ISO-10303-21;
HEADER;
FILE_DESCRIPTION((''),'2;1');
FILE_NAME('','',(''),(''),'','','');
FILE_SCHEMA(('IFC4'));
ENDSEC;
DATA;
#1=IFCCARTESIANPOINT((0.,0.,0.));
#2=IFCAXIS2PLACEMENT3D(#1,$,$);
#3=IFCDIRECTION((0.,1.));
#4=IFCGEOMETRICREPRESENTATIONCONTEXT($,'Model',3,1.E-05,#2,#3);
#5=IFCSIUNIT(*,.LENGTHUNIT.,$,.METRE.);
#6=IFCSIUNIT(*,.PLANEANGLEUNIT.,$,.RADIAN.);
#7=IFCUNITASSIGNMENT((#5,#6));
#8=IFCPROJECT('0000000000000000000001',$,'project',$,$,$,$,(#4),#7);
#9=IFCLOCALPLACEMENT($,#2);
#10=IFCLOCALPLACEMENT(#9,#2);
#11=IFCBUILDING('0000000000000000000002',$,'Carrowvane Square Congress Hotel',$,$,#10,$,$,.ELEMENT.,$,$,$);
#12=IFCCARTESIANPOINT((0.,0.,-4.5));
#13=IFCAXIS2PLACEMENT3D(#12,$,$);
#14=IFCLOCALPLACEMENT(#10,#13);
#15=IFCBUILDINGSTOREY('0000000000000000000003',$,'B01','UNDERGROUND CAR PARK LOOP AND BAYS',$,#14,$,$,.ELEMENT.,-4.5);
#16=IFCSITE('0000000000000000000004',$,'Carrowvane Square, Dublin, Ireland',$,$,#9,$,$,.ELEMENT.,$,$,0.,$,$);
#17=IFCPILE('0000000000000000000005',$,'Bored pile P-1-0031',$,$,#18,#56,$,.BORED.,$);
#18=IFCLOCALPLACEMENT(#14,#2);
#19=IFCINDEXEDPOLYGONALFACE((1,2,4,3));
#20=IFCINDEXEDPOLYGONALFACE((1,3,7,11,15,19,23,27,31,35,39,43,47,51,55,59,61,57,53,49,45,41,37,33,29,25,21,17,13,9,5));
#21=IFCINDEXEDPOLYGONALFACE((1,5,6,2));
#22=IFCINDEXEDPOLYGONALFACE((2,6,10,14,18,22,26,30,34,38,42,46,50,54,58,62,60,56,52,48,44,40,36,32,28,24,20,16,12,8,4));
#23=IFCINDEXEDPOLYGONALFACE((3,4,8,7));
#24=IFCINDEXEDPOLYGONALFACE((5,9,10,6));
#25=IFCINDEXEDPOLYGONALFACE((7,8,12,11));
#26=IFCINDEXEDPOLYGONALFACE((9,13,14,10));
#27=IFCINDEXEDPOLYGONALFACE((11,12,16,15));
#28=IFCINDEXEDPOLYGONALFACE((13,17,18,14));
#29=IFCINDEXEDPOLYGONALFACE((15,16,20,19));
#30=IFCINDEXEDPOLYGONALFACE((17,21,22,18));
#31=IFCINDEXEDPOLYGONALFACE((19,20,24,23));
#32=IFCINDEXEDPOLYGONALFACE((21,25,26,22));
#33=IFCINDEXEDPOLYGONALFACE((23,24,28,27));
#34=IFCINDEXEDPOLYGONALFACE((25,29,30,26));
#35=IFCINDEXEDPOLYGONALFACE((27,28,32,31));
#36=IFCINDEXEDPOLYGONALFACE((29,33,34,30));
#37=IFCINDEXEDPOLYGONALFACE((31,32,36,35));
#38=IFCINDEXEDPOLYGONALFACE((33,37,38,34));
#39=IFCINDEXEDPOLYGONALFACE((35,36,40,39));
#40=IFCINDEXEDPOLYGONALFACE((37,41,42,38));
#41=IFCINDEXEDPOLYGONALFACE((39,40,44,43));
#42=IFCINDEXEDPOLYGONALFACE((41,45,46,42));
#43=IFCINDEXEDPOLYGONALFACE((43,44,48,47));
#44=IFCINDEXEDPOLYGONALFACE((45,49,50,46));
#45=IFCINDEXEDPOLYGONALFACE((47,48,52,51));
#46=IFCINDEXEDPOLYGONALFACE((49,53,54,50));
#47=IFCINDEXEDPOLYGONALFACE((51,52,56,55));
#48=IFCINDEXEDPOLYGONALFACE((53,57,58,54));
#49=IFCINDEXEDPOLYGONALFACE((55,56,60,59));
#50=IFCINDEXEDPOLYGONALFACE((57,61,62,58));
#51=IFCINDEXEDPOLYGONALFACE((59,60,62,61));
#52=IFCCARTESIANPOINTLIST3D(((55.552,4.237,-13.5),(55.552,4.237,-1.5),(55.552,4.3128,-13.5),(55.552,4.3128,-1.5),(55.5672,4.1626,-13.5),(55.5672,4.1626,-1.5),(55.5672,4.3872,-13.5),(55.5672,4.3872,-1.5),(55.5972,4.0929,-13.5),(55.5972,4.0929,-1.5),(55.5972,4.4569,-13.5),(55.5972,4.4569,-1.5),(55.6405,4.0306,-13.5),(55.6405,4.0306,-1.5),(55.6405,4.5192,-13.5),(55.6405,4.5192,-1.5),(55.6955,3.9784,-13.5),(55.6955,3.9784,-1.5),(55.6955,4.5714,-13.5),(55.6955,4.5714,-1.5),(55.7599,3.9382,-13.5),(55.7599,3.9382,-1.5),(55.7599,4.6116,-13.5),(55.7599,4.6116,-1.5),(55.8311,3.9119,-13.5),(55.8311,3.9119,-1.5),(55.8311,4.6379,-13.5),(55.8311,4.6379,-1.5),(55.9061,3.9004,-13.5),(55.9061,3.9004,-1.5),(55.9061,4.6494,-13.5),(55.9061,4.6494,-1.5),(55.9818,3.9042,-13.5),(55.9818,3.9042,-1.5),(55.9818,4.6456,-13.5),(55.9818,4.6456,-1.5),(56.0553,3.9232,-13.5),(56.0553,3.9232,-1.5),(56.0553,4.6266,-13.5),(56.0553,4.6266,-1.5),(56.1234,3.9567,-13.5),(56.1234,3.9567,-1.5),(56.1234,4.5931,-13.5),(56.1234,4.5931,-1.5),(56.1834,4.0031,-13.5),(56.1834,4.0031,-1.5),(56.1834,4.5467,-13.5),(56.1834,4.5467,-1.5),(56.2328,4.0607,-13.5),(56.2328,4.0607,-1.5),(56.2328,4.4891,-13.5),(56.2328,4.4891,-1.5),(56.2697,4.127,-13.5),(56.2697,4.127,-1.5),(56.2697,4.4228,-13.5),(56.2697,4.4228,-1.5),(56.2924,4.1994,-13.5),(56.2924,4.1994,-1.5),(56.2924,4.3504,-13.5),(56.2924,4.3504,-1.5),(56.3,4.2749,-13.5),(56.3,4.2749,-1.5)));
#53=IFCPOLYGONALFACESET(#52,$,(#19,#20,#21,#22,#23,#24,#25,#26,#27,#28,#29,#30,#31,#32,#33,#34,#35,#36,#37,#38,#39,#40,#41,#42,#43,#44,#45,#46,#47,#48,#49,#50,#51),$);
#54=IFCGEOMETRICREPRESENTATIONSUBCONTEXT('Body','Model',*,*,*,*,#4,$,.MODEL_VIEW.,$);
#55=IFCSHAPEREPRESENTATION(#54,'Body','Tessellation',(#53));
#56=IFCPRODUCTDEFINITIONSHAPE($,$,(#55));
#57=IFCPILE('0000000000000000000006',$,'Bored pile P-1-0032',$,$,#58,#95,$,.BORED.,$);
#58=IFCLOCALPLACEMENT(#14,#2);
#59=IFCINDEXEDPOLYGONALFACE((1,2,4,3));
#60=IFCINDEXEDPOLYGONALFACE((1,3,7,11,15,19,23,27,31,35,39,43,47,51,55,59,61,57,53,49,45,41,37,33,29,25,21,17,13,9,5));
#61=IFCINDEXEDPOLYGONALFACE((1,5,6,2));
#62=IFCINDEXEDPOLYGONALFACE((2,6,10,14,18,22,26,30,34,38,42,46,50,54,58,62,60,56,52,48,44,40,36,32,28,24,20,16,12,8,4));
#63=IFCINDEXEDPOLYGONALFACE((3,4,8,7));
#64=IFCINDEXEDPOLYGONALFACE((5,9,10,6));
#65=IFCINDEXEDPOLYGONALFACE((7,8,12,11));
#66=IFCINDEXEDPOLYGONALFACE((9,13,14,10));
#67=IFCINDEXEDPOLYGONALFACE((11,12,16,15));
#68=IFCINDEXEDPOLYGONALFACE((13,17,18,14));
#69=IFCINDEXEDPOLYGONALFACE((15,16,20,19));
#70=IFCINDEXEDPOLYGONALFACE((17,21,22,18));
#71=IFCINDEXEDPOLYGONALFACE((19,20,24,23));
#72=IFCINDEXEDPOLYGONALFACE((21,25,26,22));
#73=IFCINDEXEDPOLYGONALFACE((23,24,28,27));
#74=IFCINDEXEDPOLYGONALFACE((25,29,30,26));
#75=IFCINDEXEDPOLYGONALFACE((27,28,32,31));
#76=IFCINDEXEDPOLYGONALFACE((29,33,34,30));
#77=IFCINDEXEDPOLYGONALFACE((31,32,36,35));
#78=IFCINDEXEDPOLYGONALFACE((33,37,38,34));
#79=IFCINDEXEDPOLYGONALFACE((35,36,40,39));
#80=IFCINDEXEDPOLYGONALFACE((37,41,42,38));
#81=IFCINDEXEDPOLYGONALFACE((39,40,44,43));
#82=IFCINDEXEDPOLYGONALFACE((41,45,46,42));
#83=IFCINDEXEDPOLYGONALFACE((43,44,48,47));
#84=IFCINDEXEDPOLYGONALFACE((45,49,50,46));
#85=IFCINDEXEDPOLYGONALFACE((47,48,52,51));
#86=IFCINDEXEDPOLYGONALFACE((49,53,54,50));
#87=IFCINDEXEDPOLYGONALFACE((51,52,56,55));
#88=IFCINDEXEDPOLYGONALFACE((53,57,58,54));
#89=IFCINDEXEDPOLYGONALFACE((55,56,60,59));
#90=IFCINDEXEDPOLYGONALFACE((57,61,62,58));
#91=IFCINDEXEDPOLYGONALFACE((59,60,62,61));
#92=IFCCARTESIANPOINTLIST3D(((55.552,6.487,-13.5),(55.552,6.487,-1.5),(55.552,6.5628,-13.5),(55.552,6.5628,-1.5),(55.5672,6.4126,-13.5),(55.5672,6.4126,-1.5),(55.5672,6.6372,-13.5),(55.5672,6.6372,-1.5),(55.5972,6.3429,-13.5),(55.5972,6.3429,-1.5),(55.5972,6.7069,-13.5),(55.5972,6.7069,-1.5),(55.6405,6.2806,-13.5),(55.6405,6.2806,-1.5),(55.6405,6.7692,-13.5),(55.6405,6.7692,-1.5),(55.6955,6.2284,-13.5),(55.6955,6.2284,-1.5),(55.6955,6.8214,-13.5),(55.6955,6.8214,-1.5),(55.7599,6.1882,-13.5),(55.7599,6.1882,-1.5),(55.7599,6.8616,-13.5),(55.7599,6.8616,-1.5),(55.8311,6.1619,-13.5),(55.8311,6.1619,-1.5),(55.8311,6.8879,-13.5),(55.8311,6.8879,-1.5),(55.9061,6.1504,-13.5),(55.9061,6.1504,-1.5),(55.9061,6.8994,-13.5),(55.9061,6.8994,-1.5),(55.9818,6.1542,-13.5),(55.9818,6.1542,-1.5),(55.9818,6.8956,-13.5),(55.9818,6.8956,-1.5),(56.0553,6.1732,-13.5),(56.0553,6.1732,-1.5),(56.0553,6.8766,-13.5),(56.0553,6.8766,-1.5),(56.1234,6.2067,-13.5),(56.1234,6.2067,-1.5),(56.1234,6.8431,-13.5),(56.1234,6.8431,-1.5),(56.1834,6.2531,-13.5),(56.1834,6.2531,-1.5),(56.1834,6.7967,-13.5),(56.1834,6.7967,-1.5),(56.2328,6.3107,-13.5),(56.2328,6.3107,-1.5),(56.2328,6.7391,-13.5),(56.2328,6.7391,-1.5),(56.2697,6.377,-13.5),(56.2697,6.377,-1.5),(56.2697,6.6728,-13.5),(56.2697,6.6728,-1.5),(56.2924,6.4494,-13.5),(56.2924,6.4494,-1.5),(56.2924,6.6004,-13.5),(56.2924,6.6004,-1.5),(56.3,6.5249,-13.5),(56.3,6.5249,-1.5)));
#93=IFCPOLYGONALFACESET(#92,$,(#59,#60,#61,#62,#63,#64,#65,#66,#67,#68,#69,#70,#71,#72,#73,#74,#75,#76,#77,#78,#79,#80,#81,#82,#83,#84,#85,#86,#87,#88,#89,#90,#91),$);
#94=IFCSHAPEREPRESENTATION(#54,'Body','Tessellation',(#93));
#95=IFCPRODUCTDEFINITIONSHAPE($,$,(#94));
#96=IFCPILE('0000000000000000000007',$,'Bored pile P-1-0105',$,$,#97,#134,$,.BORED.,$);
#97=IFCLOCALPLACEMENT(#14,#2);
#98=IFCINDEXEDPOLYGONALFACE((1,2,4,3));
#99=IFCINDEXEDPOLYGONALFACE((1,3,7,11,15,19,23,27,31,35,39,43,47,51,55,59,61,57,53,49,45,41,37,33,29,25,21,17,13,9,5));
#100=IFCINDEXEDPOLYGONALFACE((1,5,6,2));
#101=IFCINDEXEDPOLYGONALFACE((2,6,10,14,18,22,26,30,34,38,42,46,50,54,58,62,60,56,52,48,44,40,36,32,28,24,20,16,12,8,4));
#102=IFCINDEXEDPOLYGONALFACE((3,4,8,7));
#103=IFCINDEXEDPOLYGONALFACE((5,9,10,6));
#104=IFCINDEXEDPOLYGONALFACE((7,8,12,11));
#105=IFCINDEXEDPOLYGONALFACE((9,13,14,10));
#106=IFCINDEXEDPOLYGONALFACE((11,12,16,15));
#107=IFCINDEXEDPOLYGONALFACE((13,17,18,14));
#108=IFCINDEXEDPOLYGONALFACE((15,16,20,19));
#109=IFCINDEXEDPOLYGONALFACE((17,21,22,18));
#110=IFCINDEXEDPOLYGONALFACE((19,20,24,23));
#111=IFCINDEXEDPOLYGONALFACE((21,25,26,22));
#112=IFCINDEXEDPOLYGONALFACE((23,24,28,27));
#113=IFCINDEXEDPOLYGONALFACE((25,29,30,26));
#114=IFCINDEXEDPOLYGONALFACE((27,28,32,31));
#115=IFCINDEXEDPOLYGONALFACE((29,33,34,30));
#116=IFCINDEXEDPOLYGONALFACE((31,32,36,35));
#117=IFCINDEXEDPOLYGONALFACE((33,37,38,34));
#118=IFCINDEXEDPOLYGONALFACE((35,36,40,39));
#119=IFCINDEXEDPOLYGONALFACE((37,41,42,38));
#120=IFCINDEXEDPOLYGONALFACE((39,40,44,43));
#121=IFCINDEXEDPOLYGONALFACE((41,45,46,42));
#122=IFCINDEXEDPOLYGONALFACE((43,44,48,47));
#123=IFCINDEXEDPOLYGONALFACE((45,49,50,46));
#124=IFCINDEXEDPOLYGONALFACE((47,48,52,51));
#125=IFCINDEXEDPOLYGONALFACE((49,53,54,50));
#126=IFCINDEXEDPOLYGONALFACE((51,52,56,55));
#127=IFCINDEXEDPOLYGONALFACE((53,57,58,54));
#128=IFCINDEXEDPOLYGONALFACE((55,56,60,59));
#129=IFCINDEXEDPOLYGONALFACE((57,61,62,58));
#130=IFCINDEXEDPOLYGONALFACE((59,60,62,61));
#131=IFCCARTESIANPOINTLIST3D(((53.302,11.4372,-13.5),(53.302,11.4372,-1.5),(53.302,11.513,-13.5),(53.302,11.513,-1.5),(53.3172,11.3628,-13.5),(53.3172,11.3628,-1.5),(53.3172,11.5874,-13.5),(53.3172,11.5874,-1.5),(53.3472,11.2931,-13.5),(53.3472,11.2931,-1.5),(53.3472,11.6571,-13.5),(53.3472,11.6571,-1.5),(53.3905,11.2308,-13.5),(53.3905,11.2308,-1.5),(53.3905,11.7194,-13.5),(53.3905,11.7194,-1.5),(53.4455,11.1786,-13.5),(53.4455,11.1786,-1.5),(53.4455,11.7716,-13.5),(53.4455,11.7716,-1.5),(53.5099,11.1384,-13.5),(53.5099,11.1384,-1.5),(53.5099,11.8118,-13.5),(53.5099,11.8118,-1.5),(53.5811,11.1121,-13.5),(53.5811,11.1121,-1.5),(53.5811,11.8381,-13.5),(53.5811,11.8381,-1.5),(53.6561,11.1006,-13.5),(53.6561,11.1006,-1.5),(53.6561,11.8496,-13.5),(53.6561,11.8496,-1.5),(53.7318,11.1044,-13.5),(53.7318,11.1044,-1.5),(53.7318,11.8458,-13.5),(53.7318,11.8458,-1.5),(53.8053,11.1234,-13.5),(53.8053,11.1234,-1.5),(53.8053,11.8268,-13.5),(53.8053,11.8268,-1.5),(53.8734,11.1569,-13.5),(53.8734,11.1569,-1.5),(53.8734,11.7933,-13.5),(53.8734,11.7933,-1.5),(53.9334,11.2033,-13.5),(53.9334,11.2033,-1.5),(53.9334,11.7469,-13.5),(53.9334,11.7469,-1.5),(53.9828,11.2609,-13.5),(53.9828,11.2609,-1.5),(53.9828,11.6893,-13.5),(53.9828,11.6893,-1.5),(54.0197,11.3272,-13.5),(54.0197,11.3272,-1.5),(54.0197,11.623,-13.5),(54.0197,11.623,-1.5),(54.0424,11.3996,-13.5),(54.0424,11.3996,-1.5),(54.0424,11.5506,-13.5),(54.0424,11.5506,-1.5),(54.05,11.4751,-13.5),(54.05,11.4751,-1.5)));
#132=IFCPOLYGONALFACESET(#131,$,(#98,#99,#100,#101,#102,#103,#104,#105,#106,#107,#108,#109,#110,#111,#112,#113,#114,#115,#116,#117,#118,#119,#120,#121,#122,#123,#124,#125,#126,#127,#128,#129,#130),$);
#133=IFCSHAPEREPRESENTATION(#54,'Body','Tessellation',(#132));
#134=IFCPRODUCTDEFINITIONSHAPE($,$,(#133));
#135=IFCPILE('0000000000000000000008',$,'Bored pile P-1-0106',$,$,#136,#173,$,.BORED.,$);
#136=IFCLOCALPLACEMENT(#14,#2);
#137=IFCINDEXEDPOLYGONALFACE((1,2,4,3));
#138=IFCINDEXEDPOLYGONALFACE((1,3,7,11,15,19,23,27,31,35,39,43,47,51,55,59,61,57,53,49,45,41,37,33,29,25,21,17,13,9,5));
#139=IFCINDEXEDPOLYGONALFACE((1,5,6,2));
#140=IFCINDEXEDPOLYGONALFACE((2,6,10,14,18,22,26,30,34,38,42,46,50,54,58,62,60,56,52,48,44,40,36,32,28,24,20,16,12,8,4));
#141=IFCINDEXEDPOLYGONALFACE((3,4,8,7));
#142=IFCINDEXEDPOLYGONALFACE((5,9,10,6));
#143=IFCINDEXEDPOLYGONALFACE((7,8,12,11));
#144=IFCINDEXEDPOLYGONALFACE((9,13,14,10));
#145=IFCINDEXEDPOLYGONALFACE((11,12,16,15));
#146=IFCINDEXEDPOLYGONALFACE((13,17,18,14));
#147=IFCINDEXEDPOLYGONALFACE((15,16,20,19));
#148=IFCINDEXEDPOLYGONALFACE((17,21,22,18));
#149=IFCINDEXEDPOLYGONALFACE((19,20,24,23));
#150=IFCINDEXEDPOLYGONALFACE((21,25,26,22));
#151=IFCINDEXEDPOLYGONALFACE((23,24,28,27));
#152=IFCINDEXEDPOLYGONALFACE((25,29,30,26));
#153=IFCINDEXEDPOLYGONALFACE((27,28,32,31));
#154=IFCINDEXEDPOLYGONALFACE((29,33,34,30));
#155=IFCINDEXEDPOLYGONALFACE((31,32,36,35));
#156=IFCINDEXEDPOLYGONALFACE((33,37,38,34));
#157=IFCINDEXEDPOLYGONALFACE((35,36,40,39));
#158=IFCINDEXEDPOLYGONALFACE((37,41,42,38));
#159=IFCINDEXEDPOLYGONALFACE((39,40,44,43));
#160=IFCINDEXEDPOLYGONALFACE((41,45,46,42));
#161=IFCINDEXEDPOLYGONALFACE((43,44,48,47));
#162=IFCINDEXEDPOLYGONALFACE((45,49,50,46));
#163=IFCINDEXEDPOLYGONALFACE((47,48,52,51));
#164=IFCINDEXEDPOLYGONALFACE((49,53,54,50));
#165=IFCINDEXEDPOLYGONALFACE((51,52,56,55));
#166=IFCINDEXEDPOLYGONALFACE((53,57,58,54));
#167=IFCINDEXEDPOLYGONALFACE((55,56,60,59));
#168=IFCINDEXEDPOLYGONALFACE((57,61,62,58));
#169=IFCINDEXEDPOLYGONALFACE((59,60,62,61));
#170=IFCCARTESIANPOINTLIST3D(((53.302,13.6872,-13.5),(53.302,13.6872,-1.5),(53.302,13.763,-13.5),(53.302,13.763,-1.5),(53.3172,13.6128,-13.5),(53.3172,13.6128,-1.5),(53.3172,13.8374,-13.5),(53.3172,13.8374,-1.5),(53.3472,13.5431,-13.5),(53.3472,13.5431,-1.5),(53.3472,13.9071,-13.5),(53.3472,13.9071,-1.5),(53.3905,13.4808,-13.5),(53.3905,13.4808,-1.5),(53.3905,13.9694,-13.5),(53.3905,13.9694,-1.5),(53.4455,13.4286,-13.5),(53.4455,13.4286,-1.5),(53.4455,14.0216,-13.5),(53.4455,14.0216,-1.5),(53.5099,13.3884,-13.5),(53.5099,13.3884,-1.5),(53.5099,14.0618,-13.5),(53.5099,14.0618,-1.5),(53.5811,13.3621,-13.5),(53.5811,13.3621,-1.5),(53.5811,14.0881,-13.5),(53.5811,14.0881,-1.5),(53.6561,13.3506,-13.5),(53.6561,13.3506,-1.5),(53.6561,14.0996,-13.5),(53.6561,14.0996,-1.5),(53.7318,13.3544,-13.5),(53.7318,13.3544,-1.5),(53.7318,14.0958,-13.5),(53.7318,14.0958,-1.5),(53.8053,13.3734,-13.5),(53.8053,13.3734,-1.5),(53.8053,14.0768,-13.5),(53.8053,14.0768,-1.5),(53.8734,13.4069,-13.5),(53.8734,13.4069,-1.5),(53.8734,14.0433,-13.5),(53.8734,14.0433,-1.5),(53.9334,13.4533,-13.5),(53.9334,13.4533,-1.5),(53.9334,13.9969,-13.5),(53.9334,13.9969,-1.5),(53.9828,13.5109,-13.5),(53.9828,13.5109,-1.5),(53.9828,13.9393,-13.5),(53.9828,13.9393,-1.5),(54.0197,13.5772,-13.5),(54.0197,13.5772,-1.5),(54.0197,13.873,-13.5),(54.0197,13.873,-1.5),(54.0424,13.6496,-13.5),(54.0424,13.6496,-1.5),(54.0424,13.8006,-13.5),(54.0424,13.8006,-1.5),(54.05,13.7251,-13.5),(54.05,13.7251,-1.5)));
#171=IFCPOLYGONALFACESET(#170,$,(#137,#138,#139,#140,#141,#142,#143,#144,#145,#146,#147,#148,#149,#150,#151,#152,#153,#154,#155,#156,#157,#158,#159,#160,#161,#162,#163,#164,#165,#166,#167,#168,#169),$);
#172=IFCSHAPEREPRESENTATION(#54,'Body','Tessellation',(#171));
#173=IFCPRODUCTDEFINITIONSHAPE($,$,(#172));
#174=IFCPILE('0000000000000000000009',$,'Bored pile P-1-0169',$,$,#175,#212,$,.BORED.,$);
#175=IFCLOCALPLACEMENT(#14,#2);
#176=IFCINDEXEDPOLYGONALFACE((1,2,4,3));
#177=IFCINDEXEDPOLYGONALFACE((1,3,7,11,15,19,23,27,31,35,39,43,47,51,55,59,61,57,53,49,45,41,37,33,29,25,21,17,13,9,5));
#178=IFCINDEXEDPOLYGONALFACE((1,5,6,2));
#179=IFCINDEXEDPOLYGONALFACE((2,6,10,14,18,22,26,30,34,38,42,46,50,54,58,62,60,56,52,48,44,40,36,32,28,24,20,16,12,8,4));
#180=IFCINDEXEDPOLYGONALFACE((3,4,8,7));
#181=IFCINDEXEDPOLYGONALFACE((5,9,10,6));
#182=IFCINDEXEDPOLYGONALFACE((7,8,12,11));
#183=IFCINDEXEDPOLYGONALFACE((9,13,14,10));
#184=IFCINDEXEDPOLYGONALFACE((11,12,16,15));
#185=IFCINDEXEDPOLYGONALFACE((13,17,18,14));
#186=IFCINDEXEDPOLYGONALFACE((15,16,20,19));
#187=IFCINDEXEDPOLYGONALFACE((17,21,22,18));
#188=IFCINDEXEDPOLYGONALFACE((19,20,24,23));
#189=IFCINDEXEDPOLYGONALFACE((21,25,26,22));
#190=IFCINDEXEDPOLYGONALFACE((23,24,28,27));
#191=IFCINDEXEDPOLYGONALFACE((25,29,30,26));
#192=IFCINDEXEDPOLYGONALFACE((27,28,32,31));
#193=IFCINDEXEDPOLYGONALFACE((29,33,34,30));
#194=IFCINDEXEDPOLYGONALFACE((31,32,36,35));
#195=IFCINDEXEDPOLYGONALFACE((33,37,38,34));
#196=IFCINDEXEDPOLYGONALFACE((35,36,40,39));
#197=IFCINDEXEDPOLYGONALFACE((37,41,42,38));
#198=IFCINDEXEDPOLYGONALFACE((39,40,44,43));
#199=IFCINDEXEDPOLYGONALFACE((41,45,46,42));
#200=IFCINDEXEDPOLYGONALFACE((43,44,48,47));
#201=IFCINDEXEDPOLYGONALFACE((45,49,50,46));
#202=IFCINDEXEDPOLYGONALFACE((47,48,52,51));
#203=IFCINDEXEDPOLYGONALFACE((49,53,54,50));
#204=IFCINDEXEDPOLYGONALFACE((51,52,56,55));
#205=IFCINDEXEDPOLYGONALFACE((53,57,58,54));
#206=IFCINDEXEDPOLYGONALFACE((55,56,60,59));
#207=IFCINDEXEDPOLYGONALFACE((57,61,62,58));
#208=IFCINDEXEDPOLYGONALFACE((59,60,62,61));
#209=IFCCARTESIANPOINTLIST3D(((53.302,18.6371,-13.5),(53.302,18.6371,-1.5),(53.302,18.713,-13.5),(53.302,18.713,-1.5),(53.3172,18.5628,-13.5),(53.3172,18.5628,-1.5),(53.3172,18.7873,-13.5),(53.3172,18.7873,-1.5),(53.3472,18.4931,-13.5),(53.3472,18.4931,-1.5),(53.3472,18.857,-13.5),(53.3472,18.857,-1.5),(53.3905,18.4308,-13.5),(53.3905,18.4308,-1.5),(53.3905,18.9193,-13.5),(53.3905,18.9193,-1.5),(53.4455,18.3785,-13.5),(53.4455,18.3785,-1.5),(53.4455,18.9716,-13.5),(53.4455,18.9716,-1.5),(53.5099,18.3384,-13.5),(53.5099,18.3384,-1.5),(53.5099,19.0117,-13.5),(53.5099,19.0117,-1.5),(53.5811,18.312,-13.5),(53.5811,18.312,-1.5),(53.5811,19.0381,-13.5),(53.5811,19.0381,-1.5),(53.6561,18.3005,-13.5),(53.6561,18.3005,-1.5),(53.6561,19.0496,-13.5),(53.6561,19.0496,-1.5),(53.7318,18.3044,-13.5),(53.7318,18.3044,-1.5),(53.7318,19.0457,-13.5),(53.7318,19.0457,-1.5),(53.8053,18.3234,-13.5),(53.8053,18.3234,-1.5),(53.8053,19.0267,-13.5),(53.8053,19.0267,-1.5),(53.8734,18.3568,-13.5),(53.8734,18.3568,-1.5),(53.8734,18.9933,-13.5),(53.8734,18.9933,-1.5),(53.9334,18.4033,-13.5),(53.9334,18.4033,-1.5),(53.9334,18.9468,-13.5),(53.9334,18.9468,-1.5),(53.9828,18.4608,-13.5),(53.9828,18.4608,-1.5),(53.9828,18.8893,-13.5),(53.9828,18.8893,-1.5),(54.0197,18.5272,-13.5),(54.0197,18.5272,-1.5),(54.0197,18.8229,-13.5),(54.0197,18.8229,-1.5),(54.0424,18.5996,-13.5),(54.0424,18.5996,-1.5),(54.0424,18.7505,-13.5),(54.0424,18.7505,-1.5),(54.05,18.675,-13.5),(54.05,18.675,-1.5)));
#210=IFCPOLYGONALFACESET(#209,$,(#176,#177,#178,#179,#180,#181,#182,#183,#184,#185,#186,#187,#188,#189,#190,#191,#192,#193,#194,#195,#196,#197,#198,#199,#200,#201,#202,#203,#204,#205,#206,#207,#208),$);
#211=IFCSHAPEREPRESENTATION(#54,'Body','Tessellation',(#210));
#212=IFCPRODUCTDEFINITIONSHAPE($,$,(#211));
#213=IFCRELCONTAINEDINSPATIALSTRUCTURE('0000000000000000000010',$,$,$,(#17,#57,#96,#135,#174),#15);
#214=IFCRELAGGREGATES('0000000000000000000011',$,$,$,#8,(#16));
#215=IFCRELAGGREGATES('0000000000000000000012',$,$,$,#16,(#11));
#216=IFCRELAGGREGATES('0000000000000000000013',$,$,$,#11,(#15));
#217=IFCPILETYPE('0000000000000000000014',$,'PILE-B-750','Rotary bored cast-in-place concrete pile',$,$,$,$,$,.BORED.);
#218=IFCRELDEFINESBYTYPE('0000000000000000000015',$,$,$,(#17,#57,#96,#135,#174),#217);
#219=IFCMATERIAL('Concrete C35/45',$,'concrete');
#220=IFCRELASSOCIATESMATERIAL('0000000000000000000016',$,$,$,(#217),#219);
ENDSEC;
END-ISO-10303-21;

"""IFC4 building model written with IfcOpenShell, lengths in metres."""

from ifc_helpers import new_model, si_unit, direction, frame, origin, origin_2d, place, context, subcontext, project, spatial, circle, extrude, material, material_profile, profile_set, type_object, element, save


model = new_model("IFC4")

# Units and contexts
model_context = context("Model", 3, precision=1e-05, world=origin(), true_north=direction((0.0, 1.0)))
body_context = subcontext(model_context, "Body", "Model", "MODEL_VIEW")
ifc_project = project(units=[si_unit("LENGTHUNIT", "METRE"), si_unit("PLANEANGLEUNIT", "RADIAN")], contexts=[model_context])

# Site, building, storey
site_placement = place(None, origin())
site = spatial("IfcSite", under=ifc_project, at=site_placement, Name="Carrowvane Square, Dublin, Ireland", CompositionType="ELEMENT", RefElevation=0.0)
building_placement = place(site_placement, origin())
building = spatial("IfcBuilding", under=site, at=building_placement, Name="Carrowvane Square Congress Hotel", CompositionType="ELEMENT")
storey_placement = place(building_placement, frame((0.0, 0.0, -4.5)))
storey = spatial("IfcBuildingStorey", under=building, at=storey_placement, Name="B01", Description="UNDERGROUND CAR PARK LOOP AND BAYS", CompositionType="ELEMENT", Elevation=-4.5)

# Piles
ifc_material_1 = material(Name="Concrete C35/45", Category="concrete")
ifc_material_profile_1 = material_profile(ifc_material_1, circle(Radius=0.375, at=origin_2d()), Name="PILE D750")
ifc_profile_set_1 = profile_set([ifc_material_profile_1], Name="Concrete C35/45")
pile_type = type_object("IfcPileType", Name="PILE-B-750", Description="Rotary bored cast-in-place concrete pile", PredefinedType="BORED", material=ifc_profile_set_1)
for number, where, z_axis, x_axis, name in (
    (1, (55.925, 4.2749, -1.5), (0.0, 0.0, -1.0), (1.0, 0.0, 0.0), "Bored pile P-1-0031"),
    (2, (55.925, 6.5249, -1.5), (0.0, 0.0, -1.0), (1.0, 0.0, 0.0), "Bored pile P-1-0032"),
    (3, (53.675, 11.4751, -1.5), (0.0, 0.0, -1.0), (1.0, 0.0, 0.0), "Bored pile P-1-0105"),
    (4, (53.675, 13.7251, -1.5), (0.0, 0.0, -1.0), (1.0, 0.0, 0.0), "Bored pile P-1-0106"),
    (5, (53.675, 18.675, -1.5), (0.0, 0.0, -1.0), (1.0, 0.0, 0.0), "Bored pile P-1-0169"),
):
    element("IfcPile", number, at=place(storey_placement, frame(where, z_axis=z_axis, x_axis=x_axis)), inside=storey, type_object=pile_type, Name=name, PredefinedType="BORED", context=body_context, shape_type="SweptSolid", body=[
        extrude(circle(Radius=0.375, at=origin_2d()), origin(), (0.0, 0.0, 1.0), 12.0),
    ])

save(model, "model.ifc")
